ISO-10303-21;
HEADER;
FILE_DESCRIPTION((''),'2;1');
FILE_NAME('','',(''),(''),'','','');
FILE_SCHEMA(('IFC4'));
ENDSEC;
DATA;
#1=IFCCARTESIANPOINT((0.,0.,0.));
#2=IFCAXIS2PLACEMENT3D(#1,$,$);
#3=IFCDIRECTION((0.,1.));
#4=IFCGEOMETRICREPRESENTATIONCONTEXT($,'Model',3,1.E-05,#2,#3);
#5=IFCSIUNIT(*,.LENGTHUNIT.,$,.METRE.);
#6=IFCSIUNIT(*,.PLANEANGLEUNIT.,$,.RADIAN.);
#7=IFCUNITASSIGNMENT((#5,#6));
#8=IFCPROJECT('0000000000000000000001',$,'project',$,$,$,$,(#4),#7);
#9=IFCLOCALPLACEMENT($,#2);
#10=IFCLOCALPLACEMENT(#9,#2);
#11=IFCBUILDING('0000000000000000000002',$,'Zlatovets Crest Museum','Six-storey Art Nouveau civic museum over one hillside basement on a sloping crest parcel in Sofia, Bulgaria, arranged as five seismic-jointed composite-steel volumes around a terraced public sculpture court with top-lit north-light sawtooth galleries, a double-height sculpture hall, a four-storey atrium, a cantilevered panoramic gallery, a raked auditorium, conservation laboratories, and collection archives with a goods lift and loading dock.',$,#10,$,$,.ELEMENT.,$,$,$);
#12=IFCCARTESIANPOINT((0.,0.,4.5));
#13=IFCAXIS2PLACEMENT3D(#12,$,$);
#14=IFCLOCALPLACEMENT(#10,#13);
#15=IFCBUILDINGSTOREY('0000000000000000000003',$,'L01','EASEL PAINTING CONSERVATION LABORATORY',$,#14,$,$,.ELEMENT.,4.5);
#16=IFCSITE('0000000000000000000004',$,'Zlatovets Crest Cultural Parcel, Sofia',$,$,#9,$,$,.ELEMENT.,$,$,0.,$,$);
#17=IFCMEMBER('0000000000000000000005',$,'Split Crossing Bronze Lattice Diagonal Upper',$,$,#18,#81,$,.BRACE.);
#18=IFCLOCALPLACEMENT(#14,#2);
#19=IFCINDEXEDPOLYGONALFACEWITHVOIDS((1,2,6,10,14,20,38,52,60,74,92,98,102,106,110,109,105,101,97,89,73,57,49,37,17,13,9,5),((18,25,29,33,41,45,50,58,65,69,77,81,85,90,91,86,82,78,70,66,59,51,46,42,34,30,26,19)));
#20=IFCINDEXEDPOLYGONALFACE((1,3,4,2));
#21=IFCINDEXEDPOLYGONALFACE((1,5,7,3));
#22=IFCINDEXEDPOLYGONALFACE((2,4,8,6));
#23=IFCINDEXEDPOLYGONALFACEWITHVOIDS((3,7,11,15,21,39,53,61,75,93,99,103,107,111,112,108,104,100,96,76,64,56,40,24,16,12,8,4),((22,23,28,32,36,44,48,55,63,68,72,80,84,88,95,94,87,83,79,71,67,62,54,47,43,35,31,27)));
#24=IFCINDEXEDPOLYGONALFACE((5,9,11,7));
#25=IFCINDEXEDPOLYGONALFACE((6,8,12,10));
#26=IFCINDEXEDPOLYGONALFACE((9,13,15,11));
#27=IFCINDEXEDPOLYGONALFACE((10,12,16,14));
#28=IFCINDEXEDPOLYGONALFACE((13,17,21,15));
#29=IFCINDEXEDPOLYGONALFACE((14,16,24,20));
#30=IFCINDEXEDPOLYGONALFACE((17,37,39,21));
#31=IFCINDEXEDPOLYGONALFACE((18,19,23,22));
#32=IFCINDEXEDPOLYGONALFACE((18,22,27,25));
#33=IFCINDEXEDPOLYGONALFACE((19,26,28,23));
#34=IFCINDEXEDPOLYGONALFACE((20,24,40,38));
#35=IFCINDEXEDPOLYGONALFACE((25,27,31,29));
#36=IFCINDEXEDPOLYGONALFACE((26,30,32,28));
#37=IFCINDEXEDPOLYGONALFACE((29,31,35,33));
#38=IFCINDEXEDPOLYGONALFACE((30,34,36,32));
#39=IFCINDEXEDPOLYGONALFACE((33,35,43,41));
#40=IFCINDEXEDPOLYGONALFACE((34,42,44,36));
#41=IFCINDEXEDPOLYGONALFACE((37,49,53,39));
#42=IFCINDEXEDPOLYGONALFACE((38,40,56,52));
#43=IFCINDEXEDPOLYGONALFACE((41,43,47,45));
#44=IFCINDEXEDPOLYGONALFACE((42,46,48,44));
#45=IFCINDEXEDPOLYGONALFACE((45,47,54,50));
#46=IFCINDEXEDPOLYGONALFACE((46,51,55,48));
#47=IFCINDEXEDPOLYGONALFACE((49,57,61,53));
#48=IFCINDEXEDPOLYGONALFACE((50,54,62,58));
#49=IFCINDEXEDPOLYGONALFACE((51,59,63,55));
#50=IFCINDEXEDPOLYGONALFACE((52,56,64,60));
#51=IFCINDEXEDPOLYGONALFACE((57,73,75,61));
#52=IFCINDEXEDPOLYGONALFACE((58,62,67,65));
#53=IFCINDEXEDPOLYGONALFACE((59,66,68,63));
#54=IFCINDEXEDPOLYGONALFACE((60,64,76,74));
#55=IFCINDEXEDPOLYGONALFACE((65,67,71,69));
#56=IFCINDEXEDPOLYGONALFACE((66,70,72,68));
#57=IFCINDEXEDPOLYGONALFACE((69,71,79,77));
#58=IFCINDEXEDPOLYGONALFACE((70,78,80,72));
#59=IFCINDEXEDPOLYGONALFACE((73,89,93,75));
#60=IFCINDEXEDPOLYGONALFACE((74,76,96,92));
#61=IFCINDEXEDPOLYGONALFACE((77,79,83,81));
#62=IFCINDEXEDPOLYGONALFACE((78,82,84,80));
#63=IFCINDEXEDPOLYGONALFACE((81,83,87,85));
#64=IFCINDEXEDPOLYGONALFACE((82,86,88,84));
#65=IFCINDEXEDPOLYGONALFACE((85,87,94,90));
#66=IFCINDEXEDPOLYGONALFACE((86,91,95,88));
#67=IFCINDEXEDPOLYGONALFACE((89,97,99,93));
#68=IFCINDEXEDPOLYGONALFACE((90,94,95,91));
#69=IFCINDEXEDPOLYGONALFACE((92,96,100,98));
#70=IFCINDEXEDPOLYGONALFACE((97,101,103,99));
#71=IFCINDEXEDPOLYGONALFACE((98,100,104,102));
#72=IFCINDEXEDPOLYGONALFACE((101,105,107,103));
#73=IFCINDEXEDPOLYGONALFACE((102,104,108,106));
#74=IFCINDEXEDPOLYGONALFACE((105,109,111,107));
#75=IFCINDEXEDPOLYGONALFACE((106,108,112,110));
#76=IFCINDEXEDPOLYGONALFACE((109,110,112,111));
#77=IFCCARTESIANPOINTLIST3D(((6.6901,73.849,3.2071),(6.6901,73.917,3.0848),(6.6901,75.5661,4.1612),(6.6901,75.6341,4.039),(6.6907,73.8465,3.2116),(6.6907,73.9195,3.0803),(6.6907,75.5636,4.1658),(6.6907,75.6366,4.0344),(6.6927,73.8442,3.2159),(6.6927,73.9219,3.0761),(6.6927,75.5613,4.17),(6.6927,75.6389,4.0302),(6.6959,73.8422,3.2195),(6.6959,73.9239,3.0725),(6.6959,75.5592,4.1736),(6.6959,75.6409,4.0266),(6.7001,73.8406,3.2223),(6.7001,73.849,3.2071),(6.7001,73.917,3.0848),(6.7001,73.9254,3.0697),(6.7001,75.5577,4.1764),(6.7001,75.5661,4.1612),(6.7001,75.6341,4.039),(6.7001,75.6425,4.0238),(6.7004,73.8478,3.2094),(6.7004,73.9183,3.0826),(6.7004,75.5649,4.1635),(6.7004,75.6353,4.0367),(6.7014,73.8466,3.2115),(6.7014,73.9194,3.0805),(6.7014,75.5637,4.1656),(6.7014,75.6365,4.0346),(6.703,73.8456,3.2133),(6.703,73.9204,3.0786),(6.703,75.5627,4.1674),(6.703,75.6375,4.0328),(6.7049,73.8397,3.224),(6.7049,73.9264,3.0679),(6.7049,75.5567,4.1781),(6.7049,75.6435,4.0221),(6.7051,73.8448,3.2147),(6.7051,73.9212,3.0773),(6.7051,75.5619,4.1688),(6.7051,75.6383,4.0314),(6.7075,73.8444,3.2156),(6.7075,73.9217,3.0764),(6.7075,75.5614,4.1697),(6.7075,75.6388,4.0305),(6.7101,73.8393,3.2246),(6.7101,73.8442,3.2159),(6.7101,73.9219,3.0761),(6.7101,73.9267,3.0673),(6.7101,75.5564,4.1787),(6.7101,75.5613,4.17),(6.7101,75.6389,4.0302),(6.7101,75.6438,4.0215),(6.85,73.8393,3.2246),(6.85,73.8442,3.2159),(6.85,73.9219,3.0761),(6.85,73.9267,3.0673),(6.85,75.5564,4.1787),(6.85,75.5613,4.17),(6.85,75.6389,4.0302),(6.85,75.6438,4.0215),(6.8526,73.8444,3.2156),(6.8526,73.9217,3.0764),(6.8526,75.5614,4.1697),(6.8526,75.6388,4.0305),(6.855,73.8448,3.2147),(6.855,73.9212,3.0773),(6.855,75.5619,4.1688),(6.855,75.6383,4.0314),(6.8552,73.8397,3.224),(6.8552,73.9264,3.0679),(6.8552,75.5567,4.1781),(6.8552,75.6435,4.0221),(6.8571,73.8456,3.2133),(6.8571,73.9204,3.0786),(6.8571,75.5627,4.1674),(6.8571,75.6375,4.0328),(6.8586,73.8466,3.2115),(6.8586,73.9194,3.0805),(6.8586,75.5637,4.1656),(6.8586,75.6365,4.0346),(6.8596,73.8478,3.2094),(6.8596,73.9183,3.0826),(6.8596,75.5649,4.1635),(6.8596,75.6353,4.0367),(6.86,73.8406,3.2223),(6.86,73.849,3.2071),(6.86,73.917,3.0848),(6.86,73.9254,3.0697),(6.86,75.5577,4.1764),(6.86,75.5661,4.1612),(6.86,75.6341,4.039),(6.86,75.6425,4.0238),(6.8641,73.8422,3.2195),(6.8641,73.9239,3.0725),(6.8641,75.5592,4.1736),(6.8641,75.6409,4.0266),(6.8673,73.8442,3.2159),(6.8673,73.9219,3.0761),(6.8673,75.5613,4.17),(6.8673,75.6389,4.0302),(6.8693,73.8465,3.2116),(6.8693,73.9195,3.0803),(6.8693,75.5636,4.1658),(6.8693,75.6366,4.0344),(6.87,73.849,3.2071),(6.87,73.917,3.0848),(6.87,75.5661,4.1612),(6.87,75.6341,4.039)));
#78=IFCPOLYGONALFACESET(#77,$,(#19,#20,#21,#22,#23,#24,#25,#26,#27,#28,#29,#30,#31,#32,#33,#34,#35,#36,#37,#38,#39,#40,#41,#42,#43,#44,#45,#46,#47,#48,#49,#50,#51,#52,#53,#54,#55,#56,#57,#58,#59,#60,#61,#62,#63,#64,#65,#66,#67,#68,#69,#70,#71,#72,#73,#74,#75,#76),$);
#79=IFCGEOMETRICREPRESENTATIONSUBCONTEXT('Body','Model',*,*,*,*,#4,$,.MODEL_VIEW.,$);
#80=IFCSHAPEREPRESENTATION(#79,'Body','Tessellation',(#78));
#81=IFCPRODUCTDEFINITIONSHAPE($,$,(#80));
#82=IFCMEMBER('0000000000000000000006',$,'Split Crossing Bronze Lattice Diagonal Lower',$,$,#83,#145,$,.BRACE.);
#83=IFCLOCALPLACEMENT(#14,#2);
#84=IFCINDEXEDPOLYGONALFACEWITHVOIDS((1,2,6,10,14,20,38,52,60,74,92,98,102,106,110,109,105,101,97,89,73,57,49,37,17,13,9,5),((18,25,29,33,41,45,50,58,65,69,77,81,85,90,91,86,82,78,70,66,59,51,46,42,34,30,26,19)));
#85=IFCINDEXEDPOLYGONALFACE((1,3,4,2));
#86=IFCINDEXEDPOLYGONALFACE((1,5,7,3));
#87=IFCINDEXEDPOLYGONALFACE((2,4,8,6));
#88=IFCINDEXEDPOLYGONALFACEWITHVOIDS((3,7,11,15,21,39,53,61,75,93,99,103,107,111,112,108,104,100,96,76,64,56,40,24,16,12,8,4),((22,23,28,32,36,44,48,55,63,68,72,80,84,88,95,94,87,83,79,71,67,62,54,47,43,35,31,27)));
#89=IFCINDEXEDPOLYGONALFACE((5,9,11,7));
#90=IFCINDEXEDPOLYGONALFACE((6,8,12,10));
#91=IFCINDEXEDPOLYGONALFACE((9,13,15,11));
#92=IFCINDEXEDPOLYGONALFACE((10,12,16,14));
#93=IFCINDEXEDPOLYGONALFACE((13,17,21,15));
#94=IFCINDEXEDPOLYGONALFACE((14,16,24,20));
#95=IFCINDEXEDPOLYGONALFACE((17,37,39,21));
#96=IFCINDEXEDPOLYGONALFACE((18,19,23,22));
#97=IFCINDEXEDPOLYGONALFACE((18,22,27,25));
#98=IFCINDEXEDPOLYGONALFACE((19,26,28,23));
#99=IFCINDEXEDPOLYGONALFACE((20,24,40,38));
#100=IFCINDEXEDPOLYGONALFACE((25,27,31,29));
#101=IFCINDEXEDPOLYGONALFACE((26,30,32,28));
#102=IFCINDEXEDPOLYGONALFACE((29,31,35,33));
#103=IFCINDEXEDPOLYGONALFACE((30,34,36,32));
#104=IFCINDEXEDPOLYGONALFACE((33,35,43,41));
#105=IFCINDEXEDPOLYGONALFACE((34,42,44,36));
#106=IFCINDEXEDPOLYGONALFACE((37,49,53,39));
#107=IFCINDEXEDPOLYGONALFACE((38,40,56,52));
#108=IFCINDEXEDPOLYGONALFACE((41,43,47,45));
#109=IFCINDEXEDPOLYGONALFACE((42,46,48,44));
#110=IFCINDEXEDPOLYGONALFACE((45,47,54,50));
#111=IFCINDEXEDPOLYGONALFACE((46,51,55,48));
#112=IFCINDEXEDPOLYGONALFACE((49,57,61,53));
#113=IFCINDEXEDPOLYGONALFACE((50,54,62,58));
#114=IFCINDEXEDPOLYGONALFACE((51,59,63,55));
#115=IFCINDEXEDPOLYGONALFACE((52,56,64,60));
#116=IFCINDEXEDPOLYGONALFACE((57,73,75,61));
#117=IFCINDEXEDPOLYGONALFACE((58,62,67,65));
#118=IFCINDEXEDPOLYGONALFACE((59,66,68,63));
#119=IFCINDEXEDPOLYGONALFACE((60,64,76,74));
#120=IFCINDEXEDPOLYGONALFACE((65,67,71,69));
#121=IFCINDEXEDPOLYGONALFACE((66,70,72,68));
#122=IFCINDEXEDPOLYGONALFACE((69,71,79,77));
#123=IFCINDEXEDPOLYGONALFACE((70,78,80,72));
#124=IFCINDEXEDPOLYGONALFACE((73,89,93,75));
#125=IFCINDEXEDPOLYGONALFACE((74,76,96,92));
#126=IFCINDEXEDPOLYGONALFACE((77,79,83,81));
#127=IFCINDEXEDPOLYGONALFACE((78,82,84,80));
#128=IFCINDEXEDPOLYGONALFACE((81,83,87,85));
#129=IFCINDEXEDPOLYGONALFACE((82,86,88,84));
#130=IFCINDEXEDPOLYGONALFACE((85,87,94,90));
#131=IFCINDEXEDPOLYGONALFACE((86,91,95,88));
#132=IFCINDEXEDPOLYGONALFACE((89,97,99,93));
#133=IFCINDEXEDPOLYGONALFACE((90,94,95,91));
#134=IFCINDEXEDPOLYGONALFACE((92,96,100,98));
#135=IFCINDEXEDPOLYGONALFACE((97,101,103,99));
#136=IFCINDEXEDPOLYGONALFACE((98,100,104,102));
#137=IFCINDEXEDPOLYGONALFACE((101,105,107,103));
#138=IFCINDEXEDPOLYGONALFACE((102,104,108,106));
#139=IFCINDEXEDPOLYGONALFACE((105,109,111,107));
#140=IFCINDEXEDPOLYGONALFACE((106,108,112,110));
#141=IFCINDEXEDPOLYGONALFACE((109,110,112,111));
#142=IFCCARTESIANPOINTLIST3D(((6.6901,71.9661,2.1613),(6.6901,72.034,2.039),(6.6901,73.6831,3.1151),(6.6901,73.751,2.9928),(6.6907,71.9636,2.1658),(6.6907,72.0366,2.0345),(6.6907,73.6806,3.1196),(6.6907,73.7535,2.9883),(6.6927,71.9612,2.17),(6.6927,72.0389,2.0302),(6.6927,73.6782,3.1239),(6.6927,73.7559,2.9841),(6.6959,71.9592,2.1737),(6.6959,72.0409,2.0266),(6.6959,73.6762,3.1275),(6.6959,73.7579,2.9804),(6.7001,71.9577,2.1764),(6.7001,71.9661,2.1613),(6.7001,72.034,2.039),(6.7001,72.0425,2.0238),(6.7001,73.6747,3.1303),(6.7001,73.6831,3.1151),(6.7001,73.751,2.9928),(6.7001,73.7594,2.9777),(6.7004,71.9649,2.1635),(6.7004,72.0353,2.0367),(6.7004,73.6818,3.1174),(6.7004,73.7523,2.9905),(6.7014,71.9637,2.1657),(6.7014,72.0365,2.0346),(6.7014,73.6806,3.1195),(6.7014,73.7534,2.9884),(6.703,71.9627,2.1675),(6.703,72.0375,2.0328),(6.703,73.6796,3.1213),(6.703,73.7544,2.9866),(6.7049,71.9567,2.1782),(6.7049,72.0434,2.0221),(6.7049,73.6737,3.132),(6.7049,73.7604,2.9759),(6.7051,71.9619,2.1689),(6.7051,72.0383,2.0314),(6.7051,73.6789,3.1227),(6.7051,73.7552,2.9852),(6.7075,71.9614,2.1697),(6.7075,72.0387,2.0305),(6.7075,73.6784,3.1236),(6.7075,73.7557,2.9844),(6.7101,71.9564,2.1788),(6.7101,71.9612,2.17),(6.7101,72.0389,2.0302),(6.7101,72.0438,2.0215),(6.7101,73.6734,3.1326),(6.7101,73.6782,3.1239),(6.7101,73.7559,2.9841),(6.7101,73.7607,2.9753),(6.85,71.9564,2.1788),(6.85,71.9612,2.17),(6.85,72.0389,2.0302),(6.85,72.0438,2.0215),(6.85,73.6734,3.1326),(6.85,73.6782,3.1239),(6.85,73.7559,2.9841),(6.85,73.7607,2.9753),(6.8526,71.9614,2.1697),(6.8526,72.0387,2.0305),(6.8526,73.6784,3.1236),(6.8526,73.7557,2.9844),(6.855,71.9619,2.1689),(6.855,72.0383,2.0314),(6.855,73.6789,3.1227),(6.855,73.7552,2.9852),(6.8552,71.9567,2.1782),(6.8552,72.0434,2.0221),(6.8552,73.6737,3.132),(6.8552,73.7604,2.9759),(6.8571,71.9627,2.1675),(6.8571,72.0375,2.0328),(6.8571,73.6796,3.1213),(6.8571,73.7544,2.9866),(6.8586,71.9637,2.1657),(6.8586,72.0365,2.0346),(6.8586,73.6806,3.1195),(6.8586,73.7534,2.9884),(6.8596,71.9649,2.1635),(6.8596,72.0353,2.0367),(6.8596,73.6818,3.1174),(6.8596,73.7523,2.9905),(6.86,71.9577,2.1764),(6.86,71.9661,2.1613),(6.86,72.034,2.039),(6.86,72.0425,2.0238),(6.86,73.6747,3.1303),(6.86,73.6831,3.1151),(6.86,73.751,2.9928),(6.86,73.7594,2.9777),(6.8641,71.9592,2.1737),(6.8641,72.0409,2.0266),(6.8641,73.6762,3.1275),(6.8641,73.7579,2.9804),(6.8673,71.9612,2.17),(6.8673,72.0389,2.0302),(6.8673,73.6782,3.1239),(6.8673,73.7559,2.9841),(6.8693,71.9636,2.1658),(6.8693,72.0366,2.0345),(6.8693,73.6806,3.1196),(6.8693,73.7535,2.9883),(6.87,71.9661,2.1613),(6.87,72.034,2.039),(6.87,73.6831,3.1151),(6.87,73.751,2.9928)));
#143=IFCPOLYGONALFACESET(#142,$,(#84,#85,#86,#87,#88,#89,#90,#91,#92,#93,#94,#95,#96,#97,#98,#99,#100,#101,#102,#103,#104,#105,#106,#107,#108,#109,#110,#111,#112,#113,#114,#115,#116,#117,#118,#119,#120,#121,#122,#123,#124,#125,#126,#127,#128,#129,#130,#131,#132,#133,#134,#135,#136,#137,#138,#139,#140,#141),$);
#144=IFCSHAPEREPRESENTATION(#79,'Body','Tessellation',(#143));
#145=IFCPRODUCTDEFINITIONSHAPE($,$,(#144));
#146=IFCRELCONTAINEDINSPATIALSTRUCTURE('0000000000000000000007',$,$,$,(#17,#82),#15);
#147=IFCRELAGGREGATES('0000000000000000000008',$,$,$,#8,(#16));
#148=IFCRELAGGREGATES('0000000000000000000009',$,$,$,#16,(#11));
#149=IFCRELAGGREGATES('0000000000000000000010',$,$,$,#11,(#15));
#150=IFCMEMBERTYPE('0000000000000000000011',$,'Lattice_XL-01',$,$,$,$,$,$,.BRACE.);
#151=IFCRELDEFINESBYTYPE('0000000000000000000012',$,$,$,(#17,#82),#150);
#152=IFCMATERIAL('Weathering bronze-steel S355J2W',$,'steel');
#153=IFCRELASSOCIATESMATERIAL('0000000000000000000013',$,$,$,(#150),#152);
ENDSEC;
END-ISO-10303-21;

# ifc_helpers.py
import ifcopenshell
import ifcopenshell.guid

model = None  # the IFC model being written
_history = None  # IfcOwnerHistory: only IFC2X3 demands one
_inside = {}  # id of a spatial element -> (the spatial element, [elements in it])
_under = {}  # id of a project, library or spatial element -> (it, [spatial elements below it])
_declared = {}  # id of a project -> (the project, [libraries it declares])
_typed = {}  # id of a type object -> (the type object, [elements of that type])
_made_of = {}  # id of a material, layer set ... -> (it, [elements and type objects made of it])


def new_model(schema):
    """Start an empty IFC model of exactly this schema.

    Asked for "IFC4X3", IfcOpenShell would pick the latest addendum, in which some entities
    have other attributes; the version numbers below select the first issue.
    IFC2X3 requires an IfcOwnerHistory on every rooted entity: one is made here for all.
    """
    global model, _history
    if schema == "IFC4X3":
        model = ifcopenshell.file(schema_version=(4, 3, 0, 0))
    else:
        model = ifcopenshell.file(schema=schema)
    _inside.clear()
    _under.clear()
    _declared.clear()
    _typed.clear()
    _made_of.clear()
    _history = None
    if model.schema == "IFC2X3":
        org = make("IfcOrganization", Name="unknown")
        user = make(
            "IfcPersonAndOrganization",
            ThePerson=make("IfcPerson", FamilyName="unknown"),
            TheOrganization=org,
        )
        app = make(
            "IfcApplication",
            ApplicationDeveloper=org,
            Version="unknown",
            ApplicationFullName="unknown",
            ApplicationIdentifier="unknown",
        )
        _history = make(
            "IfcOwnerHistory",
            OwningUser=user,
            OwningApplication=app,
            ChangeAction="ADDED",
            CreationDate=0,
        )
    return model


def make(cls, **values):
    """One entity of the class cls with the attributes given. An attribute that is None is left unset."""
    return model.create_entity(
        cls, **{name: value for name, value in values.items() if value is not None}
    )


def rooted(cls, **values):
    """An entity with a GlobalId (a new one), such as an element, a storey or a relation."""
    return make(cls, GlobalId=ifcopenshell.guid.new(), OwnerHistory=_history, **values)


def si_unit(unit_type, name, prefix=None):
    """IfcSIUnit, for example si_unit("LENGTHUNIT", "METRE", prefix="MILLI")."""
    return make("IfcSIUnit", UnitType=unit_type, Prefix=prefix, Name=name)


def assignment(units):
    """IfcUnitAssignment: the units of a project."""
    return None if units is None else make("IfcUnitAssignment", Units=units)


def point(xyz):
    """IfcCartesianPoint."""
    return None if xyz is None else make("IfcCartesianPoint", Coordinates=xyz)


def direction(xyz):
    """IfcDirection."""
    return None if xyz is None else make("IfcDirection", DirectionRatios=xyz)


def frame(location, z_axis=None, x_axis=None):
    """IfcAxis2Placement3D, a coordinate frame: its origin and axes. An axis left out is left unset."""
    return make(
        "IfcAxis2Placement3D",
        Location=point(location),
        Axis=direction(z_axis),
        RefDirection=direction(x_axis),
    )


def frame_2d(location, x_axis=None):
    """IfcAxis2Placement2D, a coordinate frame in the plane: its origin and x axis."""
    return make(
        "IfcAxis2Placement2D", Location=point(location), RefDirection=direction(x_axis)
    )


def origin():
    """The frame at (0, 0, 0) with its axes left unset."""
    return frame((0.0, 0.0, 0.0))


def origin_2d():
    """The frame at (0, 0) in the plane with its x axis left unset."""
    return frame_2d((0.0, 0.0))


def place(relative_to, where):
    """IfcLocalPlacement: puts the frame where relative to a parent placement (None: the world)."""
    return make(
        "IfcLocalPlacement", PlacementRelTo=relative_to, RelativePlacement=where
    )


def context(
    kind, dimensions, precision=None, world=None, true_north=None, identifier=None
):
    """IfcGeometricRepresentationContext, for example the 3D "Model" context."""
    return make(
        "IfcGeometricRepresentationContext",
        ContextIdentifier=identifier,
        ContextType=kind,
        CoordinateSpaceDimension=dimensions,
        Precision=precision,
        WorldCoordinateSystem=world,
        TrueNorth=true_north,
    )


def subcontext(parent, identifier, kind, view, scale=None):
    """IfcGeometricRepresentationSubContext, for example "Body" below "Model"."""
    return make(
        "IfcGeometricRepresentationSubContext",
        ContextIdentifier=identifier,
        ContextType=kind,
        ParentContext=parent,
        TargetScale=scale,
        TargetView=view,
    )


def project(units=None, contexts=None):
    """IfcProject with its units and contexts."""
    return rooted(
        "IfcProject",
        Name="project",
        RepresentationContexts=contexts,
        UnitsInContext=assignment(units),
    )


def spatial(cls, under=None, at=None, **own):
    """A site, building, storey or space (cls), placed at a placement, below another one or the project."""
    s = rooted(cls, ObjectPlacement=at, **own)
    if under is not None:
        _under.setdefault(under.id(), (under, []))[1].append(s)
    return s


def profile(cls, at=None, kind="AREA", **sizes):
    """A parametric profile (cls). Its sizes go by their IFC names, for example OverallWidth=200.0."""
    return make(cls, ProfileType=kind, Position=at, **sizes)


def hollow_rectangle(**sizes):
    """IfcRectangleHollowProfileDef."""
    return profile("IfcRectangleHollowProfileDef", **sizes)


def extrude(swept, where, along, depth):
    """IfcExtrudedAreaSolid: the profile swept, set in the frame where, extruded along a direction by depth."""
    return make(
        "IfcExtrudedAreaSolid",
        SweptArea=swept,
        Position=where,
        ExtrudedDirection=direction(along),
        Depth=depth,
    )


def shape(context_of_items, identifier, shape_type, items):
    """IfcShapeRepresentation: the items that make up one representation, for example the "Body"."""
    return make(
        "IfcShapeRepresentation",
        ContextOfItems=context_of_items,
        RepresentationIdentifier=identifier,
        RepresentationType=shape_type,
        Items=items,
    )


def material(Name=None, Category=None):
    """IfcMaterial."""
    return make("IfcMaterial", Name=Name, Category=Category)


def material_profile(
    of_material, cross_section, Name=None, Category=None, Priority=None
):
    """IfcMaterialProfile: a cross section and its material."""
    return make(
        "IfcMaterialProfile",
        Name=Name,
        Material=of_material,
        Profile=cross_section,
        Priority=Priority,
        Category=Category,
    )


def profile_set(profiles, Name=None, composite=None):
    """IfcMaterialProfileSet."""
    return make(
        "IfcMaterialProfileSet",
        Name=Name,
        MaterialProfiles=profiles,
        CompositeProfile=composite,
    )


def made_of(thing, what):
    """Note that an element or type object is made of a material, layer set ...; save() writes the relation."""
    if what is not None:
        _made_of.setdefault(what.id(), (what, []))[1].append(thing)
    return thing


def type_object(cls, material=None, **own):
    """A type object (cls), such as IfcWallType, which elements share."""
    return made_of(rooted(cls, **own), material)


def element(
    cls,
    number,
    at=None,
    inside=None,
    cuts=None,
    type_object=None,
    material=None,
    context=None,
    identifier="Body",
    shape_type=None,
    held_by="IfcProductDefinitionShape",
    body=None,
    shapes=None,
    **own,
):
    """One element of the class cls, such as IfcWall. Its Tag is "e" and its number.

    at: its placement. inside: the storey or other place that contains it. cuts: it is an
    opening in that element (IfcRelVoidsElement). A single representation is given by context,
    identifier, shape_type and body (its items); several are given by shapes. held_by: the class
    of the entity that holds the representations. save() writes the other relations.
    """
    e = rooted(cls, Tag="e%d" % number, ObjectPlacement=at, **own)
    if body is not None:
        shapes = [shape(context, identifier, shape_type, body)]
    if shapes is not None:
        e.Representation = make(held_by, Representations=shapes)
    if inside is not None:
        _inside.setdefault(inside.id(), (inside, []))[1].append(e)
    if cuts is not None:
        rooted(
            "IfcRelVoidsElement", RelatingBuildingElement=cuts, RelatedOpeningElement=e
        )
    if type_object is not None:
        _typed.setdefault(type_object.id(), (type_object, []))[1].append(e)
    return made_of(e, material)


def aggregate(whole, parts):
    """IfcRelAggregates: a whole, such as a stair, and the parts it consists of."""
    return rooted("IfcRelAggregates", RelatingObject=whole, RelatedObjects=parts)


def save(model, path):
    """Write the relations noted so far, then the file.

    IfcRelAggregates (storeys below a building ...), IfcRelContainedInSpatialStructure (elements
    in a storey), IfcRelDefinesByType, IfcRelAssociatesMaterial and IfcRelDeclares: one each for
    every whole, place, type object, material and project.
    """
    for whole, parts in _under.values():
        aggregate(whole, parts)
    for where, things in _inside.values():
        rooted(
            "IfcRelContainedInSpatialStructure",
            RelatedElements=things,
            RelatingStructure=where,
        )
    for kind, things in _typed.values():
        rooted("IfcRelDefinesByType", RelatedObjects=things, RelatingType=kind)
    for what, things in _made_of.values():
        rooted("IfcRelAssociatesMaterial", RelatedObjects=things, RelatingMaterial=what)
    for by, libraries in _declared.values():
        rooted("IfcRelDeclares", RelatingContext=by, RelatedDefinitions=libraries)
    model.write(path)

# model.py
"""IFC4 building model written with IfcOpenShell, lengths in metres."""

from ifc_helpers import new_model, si_unit, direction, frame, origin, origin_2d, place, context, subcontext, project, spatial, hollow_rectangle, extrude, material, material_profile, profile_set, type_object, element, save


model = new_model("IFC4")

# Units and contexts
model_context = context("Model", 3, precision=1e-05, world=origin(), true_north=direction((0.0, 1.0)))
body_context = subcontext(model_context, "Body", "Model", "MODEL_VIEW")
ifc_project = project(units=[si_unit("LENGTHUNIT", "METRE"), si_unit("PLANEANGLEUNIT", "RADIAN")], contexts=[model_context])

# Site, building, storey
site_placement = place(None, origin())
site = spatial("IfcSite", under=ifc_project, at=site_placement, Name="Zlatovets Crest Cultural Parcel, Sofia", CompositionType="ELEMENT", RefElevation=0.0)
building_placement = place(site_placement, origin())
building = spatial("IfcBuilding", under=site, at=building_placement, Name="Zlatovets Crest Museum", Description="Six-storey Art Nouveau civic museum over one hillside basement on a sloping crest parcel in Sofia, Bulgaria, arranged as five seismic-jointed composite-steel volumes around a terraced public sculpture court with top-lit north-light sawtooth galleries, a double-height sculpture hall, a four-storey atrium, a cantilevered panoramic gallery, a raked auditorium, conservation laboratories, and collection archives with a goods lift and loading dock.", CompositionType="ELEMENT")
storey_placement = place(building_placement, frame((0.0, 0.0, 4.5)))
storey = spatial("IfcBuildingStorey", under=building, at=storey_placement, Name="L01", Description="EASEL PAINTING CONSERVATION LABORATORY", CompositionType="ELEMENT", Elevation=4.5)

# Members
ifc_material_1 = material(Name="Weathering bronze-steel S355J2W", Category="steel")
ifc_material_profile_1 = material_profile(ifc_material_1, hollow_rectangle(XDim=0.1799, YDim=0.1799, WallThickness=0.01, InnerFilletRadius=0.01, OuterFilletRadius=0.02, at=origin_2d()), Name="SHS 180x180x10.0")
ifc_profile_set_1 = profile_set([ifc_material_profile_1], Name="Weathering bronze-steel S355J2W")
member_type_1 = type_object("IfcMemberType", Name="Lattice_XL-01", PredefinedType="BRACE", material=ifc_profile_set_1)
member_1_placement = place(storey_placement, frame((6.78, 75.6001, 4.1001), z_axis=(0.0, -0.874116, -0.485717), x_axis=(1.0, 0.0, 0.0)))
element("IfcMember", 1, at=member_1_placement, inside=storey, type_object=member_type_1, Name="Split Crossing Bronze Lattice Diagonal Upper", PredefinedType="BRACE", context=body_context, shape_type="SweptSolid", body=[
    extrude(hollow_rectangle(XDim=0.1799, YDim=0.1799, WallThickness=0.01, InnerFilletRadius=0.01, OuterFilletRadius=0.02, at=origin_2d()), origin(), (0.0, 0.0, 1.0), 1.9644),
])
member_2_placement = place(storey_placement, frame((6.78, 73.717, 3.054), z_axis=(0.0, -0.874169, -0.485622), x_axis=(1.0, 0.0, 0.0)))
element("IfcMember", 2, at=member_2_placement, inside=storey, type_object=member_type_1, Name="Split Crossing Bronze Lattice Diagonal Lower", PredefinedType="BRACE", context=body_context, shape_type="SweptSolid", body=[
    extrude(hollow_rectangle(XDim=0.1799, YDim=0.1799, WallThickness=0.01, InnerFilletRadius=0.01, OuterFilletRadius=0.02, at=origin_2d()), origin(), (0.0, 0.0, 1.0), 1.9641),
])

save(model, "model.ifc")
